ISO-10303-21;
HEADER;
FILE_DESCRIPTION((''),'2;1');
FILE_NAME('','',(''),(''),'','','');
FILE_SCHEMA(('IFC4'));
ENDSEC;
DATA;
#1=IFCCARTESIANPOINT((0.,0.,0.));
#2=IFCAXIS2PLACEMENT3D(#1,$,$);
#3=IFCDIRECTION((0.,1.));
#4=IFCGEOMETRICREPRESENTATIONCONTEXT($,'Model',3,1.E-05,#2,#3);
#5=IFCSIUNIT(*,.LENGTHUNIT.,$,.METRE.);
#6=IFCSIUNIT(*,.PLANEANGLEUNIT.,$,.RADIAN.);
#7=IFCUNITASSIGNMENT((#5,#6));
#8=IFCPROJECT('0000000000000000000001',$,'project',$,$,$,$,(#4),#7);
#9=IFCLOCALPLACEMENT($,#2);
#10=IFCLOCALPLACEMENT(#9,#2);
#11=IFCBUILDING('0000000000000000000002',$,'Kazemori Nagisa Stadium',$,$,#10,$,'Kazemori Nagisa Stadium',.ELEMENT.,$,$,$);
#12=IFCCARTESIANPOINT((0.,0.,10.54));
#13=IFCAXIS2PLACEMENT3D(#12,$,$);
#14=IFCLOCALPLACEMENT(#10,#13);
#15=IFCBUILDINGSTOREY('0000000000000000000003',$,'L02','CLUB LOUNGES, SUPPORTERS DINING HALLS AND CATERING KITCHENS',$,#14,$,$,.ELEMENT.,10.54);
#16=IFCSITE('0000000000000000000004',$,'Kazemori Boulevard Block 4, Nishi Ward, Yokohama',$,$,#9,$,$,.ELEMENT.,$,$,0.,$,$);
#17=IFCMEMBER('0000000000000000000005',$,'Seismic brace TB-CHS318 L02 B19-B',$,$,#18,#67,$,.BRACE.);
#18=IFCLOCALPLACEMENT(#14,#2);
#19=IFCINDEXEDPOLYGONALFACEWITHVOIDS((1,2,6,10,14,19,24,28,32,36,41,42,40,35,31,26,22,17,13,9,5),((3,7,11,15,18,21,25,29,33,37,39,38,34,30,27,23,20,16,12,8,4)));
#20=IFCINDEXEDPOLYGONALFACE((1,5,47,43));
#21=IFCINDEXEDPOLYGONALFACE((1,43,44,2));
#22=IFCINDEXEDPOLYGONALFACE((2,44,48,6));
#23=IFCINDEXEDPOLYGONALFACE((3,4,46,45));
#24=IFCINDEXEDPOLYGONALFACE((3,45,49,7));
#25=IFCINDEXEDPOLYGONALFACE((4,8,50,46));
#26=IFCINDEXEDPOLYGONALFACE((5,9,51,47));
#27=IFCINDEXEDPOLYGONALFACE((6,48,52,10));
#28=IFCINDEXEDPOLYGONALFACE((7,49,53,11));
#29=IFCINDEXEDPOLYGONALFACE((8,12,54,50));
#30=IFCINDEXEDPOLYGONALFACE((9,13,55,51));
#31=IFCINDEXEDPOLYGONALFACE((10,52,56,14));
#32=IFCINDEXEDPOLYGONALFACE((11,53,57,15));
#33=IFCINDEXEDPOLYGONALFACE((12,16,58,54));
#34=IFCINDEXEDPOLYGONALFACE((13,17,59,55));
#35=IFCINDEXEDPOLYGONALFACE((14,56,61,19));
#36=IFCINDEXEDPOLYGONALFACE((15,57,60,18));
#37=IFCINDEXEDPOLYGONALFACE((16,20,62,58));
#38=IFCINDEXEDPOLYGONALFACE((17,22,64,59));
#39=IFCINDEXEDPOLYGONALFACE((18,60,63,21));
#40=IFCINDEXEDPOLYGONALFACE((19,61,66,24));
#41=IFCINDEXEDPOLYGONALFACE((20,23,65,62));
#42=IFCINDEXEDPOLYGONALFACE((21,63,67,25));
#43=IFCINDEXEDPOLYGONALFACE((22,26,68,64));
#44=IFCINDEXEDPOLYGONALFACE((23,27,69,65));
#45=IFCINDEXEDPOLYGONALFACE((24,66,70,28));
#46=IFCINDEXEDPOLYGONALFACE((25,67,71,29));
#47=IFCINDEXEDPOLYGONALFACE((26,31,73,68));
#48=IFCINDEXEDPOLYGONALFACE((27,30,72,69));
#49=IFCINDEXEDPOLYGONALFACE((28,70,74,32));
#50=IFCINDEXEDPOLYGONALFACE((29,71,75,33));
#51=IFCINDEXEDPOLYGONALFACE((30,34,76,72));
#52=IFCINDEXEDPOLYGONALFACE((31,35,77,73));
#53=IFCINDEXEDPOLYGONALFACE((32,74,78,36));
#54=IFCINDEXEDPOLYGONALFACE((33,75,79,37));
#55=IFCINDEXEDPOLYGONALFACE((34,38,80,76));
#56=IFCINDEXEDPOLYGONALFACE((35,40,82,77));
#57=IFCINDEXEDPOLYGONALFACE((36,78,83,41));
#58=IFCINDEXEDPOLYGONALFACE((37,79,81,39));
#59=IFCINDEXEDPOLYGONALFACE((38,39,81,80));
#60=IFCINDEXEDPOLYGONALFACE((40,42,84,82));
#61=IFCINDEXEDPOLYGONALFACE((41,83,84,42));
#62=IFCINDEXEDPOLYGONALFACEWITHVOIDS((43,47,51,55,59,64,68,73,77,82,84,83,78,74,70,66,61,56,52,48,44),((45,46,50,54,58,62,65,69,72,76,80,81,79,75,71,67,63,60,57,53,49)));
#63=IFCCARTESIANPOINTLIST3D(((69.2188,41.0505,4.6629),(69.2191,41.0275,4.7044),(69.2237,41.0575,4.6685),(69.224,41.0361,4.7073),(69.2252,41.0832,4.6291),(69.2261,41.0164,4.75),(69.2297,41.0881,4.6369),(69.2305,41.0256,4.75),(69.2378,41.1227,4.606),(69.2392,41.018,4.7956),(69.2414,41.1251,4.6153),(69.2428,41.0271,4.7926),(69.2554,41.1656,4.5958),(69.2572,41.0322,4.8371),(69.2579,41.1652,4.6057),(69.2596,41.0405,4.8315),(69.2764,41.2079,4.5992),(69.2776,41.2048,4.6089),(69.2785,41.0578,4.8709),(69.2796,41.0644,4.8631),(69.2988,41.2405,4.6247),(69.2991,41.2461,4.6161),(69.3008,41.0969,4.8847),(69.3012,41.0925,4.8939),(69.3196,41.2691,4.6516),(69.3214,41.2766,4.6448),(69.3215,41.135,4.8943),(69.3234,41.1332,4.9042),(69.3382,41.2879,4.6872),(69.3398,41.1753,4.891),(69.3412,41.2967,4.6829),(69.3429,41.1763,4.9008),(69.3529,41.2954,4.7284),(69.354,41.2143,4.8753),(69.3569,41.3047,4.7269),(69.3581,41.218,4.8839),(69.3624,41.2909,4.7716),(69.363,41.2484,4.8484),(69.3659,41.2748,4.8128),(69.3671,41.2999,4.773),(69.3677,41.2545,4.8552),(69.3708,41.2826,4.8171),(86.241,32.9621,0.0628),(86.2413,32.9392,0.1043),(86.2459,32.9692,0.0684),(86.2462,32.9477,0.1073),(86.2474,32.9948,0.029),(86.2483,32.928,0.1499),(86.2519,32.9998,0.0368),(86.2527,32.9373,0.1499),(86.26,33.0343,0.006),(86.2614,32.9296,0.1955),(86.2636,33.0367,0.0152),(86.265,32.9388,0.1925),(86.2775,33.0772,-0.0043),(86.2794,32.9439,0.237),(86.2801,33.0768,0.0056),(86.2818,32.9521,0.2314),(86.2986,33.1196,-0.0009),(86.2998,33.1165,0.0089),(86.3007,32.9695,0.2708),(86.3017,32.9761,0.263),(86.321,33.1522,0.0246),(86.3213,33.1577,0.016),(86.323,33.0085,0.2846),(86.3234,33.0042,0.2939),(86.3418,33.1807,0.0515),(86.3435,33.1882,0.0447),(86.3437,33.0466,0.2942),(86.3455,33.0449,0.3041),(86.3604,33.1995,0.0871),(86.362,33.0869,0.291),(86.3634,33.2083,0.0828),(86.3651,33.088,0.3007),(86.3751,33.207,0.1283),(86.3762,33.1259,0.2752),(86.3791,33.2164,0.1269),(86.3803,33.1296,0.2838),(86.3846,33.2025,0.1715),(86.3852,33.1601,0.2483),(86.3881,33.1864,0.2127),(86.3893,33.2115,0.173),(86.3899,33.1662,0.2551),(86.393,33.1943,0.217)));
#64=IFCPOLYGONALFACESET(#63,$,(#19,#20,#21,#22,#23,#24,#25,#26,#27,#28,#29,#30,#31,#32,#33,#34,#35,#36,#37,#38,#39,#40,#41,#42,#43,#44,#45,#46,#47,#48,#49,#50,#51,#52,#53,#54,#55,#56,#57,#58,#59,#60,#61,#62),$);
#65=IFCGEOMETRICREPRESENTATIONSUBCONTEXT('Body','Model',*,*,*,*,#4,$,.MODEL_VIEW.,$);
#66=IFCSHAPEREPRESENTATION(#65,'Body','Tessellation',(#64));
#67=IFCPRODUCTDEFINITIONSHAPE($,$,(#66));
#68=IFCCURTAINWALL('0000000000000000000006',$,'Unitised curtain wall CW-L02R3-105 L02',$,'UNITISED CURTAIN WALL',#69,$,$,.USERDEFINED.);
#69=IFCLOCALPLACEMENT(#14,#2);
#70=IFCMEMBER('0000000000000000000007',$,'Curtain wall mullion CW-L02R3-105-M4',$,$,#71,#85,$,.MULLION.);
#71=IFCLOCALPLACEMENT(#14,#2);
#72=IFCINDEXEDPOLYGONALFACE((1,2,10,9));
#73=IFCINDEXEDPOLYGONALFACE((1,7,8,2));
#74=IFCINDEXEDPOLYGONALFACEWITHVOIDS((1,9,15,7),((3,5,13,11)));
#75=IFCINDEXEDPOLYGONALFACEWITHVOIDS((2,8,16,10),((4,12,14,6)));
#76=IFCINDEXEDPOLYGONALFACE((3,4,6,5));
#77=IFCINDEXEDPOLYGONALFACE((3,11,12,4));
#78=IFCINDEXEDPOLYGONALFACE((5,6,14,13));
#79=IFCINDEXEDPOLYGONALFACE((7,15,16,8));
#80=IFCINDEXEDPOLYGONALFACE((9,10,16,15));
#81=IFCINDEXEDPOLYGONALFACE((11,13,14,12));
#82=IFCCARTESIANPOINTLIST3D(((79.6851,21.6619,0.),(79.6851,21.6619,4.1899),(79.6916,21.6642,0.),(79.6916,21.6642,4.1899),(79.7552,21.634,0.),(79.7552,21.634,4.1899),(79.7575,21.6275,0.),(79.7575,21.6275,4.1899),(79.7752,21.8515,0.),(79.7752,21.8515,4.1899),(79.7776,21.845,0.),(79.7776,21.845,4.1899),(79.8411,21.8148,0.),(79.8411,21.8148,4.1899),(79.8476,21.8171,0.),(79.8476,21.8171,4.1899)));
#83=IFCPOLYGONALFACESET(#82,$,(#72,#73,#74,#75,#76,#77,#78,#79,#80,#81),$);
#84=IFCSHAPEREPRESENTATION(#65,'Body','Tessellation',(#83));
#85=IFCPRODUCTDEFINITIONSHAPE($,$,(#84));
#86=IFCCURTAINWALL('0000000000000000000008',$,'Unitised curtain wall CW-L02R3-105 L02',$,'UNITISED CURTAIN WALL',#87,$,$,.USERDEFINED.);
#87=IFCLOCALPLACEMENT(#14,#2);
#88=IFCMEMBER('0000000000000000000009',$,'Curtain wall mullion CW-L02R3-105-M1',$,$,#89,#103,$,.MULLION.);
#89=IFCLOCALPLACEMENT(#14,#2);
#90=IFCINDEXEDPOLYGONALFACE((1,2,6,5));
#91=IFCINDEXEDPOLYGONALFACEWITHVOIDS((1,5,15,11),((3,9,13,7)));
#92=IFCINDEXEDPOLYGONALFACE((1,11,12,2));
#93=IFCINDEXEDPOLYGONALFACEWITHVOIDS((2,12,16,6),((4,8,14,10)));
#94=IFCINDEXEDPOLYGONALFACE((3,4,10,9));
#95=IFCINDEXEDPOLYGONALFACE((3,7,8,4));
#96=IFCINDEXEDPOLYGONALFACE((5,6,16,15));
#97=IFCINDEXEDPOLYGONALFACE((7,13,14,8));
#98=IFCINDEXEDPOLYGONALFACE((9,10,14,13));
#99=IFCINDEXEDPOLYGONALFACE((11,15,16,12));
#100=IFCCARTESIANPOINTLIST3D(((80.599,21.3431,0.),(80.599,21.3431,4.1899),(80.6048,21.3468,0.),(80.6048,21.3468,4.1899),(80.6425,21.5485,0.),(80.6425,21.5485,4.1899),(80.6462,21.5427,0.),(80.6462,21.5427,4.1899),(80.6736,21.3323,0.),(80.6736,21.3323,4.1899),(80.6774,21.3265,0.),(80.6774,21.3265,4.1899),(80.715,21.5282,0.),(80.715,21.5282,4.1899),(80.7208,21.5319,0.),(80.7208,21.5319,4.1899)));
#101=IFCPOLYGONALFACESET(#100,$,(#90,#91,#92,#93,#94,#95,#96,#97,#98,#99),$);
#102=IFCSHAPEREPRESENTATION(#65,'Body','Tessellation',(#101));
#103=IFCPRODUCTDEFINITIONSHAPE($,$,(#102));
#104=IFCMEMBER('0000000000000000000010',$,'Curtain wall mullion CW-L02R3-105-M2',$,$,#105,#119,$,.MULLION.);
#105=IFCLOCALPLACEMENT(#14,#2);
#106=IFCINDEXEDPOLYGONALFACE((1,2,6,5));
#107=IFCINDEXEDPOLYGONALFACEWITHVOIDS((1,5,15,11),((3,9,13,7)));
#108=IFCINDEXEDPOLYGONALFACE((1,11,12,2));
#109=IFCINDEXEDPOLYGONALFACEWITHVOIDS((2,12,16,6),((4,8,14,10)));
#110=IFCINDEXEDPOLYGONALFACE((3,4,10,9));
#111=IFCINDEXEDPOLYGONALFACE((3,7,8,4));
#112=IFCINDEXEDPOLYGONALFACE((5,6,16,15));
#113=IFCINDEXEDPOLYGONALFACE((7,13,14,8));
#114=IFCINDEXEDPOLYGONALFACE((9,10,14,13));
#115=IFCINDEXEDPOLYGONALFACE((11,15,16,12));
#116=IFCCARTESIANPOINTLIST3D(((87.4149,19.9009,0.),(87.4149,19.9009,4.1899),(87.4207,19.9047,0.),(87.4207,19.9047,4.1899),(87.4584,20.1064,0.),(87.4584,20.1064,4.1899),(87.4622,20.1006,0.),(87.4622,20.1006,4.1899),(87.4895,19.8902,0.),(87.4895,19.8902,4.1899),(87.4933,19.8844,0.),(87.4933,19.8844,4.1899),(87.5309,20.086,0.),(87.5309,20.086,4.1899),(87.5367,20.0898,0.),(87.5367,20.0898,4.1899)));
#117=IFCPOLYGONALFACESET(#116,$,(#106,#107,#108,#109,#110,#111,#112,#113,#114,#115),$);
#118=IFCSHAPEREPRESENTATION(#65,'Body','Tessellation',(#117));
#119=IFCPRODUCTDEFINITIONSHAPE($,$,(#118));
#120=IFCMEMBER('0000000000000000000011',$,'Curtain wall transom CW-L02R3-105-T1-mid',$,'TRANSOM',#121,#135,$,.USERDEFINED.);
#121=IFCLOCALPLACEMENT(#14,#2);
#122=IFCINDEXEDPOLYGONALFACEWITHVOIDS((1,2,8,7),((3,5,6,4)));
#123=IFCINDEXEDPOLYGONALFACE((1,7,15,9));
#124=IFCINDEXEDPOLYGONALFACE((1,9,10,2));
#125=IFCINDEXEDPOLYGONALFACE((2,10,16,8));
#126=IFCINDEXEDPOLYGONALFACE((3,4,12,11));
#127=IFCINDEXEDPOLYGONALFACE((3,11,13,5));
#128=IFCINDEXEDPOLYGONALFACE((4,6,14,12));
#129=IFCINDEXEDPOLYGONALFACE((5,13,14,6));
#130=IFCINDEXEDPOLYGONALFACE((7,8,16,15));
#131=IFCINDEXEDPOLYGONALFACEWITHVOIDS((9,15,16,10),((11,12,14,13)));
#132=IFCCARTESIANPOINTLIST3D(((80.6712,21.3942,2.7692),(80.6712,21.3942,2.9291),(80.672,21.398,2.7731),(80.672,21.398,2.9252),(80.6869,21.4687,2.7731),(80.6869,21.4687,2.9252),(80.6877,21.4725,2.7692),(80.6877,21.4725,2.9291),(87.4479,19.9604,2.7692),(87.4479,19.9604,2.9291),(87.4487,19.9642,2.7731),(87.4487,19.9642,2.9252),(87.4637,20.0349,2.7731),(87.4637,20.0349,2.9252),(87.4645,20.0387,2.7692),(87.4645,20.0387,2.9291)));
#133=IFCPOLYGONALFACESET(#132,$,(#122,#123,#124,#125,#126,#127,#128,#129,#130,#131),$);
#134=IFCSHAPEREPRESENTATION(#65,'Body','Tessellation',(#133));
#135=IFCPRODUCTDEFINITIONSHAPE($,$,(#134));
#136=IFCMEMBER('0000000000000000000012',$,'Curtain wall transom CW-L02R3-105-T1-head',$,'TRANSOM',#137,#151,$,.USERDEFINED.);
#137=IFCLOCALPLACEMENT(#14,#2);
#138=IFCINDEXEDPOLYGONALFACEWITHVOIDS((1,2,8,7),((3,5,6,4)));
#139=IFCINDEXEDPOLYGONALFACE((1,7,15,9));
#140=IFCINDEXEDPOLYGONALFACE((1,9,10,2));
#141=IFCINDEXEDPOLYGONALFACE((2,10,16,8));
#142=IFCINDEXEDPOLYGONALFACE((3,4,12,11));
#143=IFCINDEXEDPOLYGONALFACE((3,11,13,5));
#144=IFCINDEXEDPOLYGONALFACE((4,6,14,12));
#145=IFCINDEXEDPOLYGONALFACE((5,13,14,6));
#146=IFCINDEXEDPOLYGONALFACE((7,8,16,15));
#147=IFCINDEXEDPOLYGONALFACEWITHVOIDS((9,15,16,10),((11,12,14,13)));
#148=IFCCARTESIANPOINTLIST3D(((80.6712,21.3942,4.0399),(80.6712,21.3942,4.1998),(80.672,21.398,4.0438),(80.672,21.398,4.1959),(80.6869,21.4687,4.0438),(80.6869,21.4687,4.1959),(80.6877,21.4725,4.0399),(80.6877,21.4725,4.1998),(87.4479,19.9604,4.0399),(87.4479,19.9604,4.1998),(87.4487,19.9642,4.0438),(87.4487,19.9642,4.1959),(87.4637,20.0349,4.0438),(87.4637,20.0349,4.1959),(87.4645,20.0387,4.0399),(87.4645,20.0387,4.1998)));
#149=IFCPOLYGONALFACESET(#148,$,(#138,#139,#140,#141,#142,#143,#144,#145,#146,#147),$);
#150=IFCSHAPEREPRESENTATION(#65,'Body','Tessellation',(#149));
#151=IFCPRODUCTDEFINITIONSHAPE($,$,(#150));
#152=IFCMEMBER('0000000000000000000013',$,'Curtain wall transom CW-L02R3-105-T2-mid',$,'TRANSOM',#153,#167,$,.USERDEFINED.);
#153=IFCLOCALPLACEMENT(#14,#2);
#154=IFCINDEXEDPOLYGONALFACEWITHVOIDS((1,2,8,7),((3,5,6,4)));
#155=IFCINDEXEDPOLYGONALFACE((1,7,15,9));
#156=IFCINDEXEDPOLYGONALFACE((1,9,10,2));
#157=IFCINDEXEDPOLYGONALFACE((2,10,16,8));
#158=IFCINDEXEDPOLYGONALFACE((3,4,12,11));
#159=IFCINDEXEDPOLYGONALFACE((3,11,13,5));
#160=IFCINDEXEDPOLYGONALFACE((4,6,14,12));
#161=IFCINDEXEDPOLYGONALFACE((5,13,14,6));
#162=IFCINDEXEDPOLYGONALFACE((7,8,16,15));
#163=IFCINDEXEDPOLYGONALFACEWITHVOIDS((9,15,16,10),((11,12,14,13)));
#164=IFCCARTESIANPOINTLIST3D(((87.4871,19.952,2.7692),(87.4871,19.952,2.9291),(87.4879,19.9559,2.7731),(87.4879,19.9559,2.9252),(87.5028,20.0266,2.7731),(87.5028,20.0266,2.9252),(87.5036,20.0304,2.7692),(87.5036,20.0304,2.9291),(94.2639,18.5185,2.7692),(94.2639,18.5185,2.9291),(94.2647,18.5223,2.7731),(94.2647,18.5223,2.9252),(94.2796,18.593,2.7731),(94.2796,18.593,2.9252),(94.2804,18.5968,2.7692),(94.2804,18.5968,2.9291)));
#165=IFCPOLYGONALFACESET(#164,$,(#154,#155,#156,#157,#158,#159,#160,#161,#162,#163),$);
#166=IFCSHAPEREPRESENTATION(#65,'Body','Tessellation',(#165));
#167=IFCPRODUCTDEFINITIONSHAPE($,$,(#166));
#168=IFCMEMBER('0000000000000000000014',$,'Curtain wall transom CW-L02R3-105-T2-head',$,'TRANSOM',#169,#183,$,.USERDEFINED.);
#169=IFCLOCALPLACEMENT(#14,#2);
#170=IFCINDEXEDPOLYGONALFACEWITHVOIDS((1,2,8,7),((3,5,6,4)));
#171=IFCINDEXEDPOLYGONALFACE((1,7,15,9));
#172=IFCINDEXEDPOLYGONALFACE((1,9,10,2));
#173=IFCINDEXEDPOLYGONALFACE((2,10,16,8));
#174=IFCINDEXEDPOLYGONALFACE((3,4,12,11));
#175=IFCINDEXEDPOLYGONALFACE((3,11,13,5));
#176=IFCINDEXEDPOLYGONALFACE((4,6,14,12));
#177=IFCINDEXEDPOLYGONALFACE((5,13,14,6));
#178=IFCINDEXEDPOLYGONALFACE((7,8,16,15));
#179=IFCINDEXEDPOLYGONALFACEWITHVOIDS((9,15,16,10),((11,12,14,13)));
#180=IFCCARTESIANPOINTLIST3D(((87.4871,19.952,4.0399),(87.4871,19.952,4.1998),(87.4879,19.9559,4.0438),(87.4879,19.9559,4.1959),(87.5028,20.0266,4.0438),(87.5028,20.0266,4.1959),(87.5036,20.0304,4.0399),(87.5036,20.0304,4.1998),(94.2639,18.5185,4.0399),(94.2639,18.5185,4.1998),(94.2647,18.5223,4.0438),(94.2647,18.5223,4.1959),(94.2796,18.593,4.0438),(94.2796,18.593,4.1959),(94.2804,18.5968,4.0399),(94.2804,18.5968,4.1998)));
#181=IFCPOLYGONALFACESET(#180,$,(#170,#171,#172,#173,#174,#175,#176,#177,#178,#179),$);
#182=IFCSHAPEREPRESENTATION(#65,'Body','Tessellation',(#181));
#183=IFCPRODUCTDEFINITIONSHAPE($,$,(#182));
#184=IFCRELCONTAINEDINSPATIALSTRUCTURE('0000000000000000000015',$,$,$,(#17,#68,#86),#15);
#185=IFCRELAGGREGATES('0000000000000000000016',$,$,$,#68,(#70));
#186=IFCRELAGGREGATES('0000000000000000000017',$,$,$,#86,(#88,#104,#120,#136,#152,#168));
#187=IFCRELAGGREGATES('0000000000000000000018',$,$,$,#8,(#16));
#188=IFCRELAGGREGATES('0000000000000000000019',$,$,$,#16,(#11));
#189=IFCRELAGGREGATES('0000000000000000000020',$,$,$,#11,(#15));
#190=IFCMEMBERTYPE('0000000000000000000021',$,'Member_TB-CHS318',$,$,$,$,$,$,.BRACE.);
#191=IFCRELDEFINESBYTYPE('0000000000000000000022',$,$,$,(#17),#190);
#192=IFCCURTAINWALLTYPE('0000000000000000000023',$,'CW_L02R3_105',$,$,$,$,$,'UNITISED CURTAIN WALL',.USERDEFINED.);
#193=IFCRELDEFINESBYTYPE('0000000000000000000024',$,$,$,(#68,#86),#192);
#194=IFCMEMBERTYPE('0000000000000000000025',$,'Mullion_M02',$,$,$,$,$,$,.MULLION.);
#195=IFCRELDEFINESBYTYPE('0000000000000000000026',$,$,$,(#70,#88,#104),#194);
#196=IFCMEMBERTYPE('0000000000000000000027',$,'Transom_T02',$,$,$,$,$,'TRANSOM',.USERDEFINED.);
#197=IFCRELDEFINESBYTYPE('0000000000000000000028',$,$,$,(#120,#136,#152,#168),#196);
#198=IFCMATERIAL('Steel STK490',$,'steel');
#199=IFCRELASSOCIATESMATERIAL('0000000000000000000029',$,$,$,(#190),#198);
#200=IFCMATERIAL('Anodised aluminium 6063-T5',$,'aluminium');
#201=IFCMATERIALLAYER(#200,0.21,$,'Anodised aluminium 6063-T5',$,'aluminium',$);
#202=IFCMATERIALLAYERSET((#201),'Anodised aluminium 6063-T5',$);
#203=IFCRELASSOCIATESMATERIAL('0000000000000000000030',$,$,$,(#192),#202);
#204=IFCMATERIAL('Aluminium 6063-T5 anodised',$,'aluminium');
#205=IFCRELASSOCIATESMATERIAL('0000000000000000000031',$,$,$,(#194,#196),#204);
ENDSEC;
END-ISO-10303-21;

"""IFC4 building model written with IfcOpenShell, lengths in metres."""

from ifc_helpers import new_model, si_unit, direction, frame, origin, origin_2d, place, context, subcontext, project, spatial, hollow_rectangle, hollow_circle, extrude, material, layer, layer_set, material_profile, profile_set, type_object, element, aggregate, save


model = new_model("IFC4")

# Units and contexts
model_context = context("Model", 3, precision=1e-05, world=origin(), true_north=direction((0.0, 1.0)))
body_context = subcontext(model_context, "Body", "Model", "MODEL_VIEW")
ifc_project = project(units=[si_unit("LENGTHUNIT", "METRE"), si_unit("PLANEANGLEUNIT", "RADIAN")], contexts=[model_context])

# Site, building, storey
site_placement = place(None, origin())
site = spatial("IfcSite", under=ifc_project, at=site_placement, Name="Kazemori Boulevard Block 4, Nishi Ward, Yokohama", CompositionType="ELEMENT", RefElevation=0.0)
building_placement = place(site_placement, origin())
building = spatial("IfcBuilding", under=site, at=building_placement, Name="Kazemori Nagisa Stadium", LongName="Kazemori Nagisa Stadium", CompositionType="ELEMENT")
storey_placement = place(building_placement, frame((0.0, 0.0, 10.54)))
storey = spatial("IfcBuildingStorey", under=building, at=storey_placement, Name="L02", Description="CLUB LOUNGES, SUPPORTERS DINING HALLS AND CATERING KITCHENS", CompositionType="ELEMENT", Elevation=10.54)

# Member
ifc_material_1 = material(Name="Steel STK490", Category="steel")
ifc_material_profile_1 = material_profile(ifc_material_1, hollow_circle(Radius=0.1592, WallThickness=0.0103, at=origin_2d()), Name="CHS-318.5x10.3")
ifc_profile_set_1 = profile_set([ifc_material_profile_1], Name="Steel STK490")
member_type_1 = type_object("IfcMemberType", Name="Member_TB-CHS318", PredefinedType="BRACE", material=ifc_profile_set_1)
member_1_placement = place(storey_placement, frame((86.3167, 33.0718, 0.1499), z_axis=(-0.877459, 0.416939, 0.237125), x_axis=(-0.429179, -0.903219, 0.0)))
element("IfcMember", 1, at=member_1_placement, inside=storey, type_object=member_type_1, Name="Seismic brace TB-CHS318 L02 B19-B", PredefinedType="BRACE", context=body_context, shape_type="SweptSolid", body=[
    extrude(hollow_circle(Radius=0.1592, WallThickness=0.0103, at=origin_2d()), origin(), (0.0, 0.0, 1.0), 19.3994),
])

# Curtain wall, member
ifc_material_2 = material(Name="Anodised aluminium 6063-T5", Category="aluminium")
ifc_layer_1 = layer(ifc_material_2, 0.21, Name="Anodised aluminium 6063-T5", Category="aluminium")
ifc_layer_set_1 = layer_set([ifc_layer_1], Name="Anodised aluminium 6063-T5")
curtain_wall_type = type_object("IfcCurtainWallType", Name="CW_L02R3_105", ElementType="UNITISED CURTAIN WALL", PredefinedType="USERDEFINED", material=ifc_layer_set_1)
curtain_wall_1_placement = place(storey_placement, origin())
curtain_wall_1 = element("IfcCurtainWall", 2, at=curtain_wall_1_placement, inside=storey, type_object=curtain_wall_type, Name="Unitised curtain wall CW-L02R3-105 L02", ObjectType="UNITISED CURTAIN WALL", PredefinedType="USERDEFINED")
ifc_material_3 = material(Name="Aluminium 6063-T5 anodised", Category="aluminium")
ifc_material_profile_2 = material_profile(ifc_material_3, hollow_rectangle(XDim=0.0801, YDim=0.21, WallThickness=0.0049, at=origin_2d()), Name="ALU-MULL-80x210x5")
ifc_profile_set_2 = profile_set([ifc_material_profile_2], Name="Aluminium 6063-T5 anodised")
member_type_2 = type_object("IfcMemberType", Name="Mullion_M02", PredefinedType="MULLION", material=ifc_profile_set_2)
member_2_placement = place(storey_placement, frame((79.7664, 21.7395, 0.0), z_axis=(0.0, 0.0, 1.0), x_axis=(0.903216, -0.429186, 0.0)))
member_2 = element("IfcMember", 3, at=member_2_placement, type_object=member_type_2, Name="Curtain wall mullion CW-L02R3-105-M4", PredefinedType="MULLION", context=body_context, shape_type="SweptSolid", body=[
    extrude(hollow_rectangle(XDim=0.0801, YDim=0.21, WallThickness=0.0049, at=origin_2d()), origin(), (0.0, 0.0, 1.0), 4.1899),
])

# Curtain wall, members
curtain_wall_2_placement = place(storey_placement, origin())
curtain_wall_2 = element("IfcCurtainWall", 4, at=curtain_wall_2_placement, inside=storey, type_object=curtain_wall_type, Name="Unitised curtain wall CW-L02R3-105 L02", ObjectType="UNITISED CURTAIN WALL", PredefinedType="USERDEFINED")
member_3_placement = place(storey_placement, frame((80.6599, 21.4375, 0.0), z_axis=(0.0, 0.0, 1.0), x_axis=(0.978345, -0.206981, 0.0)))
member_3 = element("IfcMember", 5, at=member_3_placement, type_object=member_type_2, Name="Curtain wall mullion CW-L02R3-105-M1", PredefinedType="MULLION", context=body_context, shape_type="SweptSolid", body=[
    extrude(hollow_rectangle(XDim=0.0801, YDim=0.21, WallThickness=0.0049, at=origin_2d()), origin(), (0.0, 0.0, 1.0), 4.1899),
])
member_4_placement = place(storey_placement, frame((87.4758, 19.9954, 0.0), z_axis=(0.0, 0.0, 1.0), x_axis=(0.978345, -0.206981, 0.0)))
member_4 = element("IfcMember", 6, at=member_4_placement, type_object=member_type_2, Name="Curtain wall mullion CW-L02R3-105-M2", PredefinedType="MULLION", context=body_context, shape_type="SweptSolid", body=[
    extrude(hollow_rectangle(XDim=0.0801, YDim=0.21, WallThickness=0.0049, at=origin_2d()), origin(), (0.0, 0.0, 1.0), 4.1899),
])
ifc_material_profile_3 = material_profile(ifc_material_3, hollow_rectangle(XDim=0.0801, YDim=0.1599, WallThickness=0.0039, at=origin_2d()), Name="ALU-TRAN-80x160x4")
ifc_profile_set_3 = profile_set([ifc_material_profile_3], Name="Aluminium 6063-T5 anodised")
member_type_3 = type_object("IfcMemberType", Name="Transom_T02", ElementType="TRANSOM", PredefinedType="USERDEFINED", material=ifc_profile_set_3)
member_5_placement = place(storey_placement, frame((80.6794, 21.4333, 2.8491), z_axis=(0.978342, -0.206996, 0.0), x_axis=(0.206996, 0.978342, 0.0)))
member_5 = element("IfcMember", 7, at=member_5_placement, type_object=member_type_3, Name="Curtain wall transom CW-L02R3-105-T1-mid", ObjectType="TRANSOM", PredefinedType="USERDEFINED", context=body_context, shape_type="SweptSolid", body=[
    extrude(hollow_rectangle(XDim=0.0801, YDim=0.1599, WallThickness=0.0039, at=origin_2d()), origin(), (0.0, 0.0, 1.0), 6.9268),
])
member_6_placement = place(storey_placement, frame((80.6794, 21.4333, 4.1199), z_axis=(0.978342, -0.206996, 0.0), x_axis=(0.206996, 0.978342, 0.0)))
member_6 = element("IfcMember", 8, at=member_6_placement, type_object=member_type_3, Name="Curtain wall transom CW-L02R3-105-T1-head", ObjectType="TRANSOM", PredefinedType="USERDEFINED", context=body_context, shape_type="SweptSolid", body=[
    extrude(hollow_rectangle(XDim=0.0801, YDim=0.1599, WallThickness=0.0039, at=origin_2d()), origin(), (0.0, 0.0, 1.0), 6.9268),
])
member_7_placement = place(storey_placement, frame((87.4954, 19.9912, 2.8491), z_axis=(0.978349, -0.206962, 0.0), x_axis=(0.206962, 0.978349, 0.0)))
member_7 = element("IfcMember", 9, at=member_7_placement, type_object=member_type_3, Name="Curtain wall transom CW-L02R3-105-T2-mid", ObjectType="TRANSOM", PredefinedType="USERDEFINED", context=body_context, shape_type="SweptSolid", body=[
    extrude(hollow_rectangle(XDim=0.0801, YDim=0.1599, WallThickness=0.0039, at=origin_2d()), origin(), (0.0, 0.0, 1.0), 6.9268),
])
member_8_placement = place(storey_placement, frame((87.4954, 19.9912, 4.1199), z_axis=(0.978349, -0.206962, 0.0), x_axis=(0.206962, 0.978349, 0.0)))
member_8 = element("IfcMember", 10, at=member_8_placement, type_object=member_type_3, Name="Curtain wall transom CW-L02R3-105-T2-head", ObjectType="TRANSOM", PredefinedType="USERDEFINED", context=body_context, shape_type="SweptSolid", body=[
    extrude(hollow_rectangle(XDim=0.0801, YDim=0.1599, WallThickness=0.0039, at=origin_2d()), origin(), (0.0, 0.0, 1.0), 6.9268),
])

aggregate(curtain_wall_1, [member_2])
aggregate(curtain_wall_2, [member_3, member_4, member_5, member_6, member_7, member_8])

save(model, "model.ifc")
